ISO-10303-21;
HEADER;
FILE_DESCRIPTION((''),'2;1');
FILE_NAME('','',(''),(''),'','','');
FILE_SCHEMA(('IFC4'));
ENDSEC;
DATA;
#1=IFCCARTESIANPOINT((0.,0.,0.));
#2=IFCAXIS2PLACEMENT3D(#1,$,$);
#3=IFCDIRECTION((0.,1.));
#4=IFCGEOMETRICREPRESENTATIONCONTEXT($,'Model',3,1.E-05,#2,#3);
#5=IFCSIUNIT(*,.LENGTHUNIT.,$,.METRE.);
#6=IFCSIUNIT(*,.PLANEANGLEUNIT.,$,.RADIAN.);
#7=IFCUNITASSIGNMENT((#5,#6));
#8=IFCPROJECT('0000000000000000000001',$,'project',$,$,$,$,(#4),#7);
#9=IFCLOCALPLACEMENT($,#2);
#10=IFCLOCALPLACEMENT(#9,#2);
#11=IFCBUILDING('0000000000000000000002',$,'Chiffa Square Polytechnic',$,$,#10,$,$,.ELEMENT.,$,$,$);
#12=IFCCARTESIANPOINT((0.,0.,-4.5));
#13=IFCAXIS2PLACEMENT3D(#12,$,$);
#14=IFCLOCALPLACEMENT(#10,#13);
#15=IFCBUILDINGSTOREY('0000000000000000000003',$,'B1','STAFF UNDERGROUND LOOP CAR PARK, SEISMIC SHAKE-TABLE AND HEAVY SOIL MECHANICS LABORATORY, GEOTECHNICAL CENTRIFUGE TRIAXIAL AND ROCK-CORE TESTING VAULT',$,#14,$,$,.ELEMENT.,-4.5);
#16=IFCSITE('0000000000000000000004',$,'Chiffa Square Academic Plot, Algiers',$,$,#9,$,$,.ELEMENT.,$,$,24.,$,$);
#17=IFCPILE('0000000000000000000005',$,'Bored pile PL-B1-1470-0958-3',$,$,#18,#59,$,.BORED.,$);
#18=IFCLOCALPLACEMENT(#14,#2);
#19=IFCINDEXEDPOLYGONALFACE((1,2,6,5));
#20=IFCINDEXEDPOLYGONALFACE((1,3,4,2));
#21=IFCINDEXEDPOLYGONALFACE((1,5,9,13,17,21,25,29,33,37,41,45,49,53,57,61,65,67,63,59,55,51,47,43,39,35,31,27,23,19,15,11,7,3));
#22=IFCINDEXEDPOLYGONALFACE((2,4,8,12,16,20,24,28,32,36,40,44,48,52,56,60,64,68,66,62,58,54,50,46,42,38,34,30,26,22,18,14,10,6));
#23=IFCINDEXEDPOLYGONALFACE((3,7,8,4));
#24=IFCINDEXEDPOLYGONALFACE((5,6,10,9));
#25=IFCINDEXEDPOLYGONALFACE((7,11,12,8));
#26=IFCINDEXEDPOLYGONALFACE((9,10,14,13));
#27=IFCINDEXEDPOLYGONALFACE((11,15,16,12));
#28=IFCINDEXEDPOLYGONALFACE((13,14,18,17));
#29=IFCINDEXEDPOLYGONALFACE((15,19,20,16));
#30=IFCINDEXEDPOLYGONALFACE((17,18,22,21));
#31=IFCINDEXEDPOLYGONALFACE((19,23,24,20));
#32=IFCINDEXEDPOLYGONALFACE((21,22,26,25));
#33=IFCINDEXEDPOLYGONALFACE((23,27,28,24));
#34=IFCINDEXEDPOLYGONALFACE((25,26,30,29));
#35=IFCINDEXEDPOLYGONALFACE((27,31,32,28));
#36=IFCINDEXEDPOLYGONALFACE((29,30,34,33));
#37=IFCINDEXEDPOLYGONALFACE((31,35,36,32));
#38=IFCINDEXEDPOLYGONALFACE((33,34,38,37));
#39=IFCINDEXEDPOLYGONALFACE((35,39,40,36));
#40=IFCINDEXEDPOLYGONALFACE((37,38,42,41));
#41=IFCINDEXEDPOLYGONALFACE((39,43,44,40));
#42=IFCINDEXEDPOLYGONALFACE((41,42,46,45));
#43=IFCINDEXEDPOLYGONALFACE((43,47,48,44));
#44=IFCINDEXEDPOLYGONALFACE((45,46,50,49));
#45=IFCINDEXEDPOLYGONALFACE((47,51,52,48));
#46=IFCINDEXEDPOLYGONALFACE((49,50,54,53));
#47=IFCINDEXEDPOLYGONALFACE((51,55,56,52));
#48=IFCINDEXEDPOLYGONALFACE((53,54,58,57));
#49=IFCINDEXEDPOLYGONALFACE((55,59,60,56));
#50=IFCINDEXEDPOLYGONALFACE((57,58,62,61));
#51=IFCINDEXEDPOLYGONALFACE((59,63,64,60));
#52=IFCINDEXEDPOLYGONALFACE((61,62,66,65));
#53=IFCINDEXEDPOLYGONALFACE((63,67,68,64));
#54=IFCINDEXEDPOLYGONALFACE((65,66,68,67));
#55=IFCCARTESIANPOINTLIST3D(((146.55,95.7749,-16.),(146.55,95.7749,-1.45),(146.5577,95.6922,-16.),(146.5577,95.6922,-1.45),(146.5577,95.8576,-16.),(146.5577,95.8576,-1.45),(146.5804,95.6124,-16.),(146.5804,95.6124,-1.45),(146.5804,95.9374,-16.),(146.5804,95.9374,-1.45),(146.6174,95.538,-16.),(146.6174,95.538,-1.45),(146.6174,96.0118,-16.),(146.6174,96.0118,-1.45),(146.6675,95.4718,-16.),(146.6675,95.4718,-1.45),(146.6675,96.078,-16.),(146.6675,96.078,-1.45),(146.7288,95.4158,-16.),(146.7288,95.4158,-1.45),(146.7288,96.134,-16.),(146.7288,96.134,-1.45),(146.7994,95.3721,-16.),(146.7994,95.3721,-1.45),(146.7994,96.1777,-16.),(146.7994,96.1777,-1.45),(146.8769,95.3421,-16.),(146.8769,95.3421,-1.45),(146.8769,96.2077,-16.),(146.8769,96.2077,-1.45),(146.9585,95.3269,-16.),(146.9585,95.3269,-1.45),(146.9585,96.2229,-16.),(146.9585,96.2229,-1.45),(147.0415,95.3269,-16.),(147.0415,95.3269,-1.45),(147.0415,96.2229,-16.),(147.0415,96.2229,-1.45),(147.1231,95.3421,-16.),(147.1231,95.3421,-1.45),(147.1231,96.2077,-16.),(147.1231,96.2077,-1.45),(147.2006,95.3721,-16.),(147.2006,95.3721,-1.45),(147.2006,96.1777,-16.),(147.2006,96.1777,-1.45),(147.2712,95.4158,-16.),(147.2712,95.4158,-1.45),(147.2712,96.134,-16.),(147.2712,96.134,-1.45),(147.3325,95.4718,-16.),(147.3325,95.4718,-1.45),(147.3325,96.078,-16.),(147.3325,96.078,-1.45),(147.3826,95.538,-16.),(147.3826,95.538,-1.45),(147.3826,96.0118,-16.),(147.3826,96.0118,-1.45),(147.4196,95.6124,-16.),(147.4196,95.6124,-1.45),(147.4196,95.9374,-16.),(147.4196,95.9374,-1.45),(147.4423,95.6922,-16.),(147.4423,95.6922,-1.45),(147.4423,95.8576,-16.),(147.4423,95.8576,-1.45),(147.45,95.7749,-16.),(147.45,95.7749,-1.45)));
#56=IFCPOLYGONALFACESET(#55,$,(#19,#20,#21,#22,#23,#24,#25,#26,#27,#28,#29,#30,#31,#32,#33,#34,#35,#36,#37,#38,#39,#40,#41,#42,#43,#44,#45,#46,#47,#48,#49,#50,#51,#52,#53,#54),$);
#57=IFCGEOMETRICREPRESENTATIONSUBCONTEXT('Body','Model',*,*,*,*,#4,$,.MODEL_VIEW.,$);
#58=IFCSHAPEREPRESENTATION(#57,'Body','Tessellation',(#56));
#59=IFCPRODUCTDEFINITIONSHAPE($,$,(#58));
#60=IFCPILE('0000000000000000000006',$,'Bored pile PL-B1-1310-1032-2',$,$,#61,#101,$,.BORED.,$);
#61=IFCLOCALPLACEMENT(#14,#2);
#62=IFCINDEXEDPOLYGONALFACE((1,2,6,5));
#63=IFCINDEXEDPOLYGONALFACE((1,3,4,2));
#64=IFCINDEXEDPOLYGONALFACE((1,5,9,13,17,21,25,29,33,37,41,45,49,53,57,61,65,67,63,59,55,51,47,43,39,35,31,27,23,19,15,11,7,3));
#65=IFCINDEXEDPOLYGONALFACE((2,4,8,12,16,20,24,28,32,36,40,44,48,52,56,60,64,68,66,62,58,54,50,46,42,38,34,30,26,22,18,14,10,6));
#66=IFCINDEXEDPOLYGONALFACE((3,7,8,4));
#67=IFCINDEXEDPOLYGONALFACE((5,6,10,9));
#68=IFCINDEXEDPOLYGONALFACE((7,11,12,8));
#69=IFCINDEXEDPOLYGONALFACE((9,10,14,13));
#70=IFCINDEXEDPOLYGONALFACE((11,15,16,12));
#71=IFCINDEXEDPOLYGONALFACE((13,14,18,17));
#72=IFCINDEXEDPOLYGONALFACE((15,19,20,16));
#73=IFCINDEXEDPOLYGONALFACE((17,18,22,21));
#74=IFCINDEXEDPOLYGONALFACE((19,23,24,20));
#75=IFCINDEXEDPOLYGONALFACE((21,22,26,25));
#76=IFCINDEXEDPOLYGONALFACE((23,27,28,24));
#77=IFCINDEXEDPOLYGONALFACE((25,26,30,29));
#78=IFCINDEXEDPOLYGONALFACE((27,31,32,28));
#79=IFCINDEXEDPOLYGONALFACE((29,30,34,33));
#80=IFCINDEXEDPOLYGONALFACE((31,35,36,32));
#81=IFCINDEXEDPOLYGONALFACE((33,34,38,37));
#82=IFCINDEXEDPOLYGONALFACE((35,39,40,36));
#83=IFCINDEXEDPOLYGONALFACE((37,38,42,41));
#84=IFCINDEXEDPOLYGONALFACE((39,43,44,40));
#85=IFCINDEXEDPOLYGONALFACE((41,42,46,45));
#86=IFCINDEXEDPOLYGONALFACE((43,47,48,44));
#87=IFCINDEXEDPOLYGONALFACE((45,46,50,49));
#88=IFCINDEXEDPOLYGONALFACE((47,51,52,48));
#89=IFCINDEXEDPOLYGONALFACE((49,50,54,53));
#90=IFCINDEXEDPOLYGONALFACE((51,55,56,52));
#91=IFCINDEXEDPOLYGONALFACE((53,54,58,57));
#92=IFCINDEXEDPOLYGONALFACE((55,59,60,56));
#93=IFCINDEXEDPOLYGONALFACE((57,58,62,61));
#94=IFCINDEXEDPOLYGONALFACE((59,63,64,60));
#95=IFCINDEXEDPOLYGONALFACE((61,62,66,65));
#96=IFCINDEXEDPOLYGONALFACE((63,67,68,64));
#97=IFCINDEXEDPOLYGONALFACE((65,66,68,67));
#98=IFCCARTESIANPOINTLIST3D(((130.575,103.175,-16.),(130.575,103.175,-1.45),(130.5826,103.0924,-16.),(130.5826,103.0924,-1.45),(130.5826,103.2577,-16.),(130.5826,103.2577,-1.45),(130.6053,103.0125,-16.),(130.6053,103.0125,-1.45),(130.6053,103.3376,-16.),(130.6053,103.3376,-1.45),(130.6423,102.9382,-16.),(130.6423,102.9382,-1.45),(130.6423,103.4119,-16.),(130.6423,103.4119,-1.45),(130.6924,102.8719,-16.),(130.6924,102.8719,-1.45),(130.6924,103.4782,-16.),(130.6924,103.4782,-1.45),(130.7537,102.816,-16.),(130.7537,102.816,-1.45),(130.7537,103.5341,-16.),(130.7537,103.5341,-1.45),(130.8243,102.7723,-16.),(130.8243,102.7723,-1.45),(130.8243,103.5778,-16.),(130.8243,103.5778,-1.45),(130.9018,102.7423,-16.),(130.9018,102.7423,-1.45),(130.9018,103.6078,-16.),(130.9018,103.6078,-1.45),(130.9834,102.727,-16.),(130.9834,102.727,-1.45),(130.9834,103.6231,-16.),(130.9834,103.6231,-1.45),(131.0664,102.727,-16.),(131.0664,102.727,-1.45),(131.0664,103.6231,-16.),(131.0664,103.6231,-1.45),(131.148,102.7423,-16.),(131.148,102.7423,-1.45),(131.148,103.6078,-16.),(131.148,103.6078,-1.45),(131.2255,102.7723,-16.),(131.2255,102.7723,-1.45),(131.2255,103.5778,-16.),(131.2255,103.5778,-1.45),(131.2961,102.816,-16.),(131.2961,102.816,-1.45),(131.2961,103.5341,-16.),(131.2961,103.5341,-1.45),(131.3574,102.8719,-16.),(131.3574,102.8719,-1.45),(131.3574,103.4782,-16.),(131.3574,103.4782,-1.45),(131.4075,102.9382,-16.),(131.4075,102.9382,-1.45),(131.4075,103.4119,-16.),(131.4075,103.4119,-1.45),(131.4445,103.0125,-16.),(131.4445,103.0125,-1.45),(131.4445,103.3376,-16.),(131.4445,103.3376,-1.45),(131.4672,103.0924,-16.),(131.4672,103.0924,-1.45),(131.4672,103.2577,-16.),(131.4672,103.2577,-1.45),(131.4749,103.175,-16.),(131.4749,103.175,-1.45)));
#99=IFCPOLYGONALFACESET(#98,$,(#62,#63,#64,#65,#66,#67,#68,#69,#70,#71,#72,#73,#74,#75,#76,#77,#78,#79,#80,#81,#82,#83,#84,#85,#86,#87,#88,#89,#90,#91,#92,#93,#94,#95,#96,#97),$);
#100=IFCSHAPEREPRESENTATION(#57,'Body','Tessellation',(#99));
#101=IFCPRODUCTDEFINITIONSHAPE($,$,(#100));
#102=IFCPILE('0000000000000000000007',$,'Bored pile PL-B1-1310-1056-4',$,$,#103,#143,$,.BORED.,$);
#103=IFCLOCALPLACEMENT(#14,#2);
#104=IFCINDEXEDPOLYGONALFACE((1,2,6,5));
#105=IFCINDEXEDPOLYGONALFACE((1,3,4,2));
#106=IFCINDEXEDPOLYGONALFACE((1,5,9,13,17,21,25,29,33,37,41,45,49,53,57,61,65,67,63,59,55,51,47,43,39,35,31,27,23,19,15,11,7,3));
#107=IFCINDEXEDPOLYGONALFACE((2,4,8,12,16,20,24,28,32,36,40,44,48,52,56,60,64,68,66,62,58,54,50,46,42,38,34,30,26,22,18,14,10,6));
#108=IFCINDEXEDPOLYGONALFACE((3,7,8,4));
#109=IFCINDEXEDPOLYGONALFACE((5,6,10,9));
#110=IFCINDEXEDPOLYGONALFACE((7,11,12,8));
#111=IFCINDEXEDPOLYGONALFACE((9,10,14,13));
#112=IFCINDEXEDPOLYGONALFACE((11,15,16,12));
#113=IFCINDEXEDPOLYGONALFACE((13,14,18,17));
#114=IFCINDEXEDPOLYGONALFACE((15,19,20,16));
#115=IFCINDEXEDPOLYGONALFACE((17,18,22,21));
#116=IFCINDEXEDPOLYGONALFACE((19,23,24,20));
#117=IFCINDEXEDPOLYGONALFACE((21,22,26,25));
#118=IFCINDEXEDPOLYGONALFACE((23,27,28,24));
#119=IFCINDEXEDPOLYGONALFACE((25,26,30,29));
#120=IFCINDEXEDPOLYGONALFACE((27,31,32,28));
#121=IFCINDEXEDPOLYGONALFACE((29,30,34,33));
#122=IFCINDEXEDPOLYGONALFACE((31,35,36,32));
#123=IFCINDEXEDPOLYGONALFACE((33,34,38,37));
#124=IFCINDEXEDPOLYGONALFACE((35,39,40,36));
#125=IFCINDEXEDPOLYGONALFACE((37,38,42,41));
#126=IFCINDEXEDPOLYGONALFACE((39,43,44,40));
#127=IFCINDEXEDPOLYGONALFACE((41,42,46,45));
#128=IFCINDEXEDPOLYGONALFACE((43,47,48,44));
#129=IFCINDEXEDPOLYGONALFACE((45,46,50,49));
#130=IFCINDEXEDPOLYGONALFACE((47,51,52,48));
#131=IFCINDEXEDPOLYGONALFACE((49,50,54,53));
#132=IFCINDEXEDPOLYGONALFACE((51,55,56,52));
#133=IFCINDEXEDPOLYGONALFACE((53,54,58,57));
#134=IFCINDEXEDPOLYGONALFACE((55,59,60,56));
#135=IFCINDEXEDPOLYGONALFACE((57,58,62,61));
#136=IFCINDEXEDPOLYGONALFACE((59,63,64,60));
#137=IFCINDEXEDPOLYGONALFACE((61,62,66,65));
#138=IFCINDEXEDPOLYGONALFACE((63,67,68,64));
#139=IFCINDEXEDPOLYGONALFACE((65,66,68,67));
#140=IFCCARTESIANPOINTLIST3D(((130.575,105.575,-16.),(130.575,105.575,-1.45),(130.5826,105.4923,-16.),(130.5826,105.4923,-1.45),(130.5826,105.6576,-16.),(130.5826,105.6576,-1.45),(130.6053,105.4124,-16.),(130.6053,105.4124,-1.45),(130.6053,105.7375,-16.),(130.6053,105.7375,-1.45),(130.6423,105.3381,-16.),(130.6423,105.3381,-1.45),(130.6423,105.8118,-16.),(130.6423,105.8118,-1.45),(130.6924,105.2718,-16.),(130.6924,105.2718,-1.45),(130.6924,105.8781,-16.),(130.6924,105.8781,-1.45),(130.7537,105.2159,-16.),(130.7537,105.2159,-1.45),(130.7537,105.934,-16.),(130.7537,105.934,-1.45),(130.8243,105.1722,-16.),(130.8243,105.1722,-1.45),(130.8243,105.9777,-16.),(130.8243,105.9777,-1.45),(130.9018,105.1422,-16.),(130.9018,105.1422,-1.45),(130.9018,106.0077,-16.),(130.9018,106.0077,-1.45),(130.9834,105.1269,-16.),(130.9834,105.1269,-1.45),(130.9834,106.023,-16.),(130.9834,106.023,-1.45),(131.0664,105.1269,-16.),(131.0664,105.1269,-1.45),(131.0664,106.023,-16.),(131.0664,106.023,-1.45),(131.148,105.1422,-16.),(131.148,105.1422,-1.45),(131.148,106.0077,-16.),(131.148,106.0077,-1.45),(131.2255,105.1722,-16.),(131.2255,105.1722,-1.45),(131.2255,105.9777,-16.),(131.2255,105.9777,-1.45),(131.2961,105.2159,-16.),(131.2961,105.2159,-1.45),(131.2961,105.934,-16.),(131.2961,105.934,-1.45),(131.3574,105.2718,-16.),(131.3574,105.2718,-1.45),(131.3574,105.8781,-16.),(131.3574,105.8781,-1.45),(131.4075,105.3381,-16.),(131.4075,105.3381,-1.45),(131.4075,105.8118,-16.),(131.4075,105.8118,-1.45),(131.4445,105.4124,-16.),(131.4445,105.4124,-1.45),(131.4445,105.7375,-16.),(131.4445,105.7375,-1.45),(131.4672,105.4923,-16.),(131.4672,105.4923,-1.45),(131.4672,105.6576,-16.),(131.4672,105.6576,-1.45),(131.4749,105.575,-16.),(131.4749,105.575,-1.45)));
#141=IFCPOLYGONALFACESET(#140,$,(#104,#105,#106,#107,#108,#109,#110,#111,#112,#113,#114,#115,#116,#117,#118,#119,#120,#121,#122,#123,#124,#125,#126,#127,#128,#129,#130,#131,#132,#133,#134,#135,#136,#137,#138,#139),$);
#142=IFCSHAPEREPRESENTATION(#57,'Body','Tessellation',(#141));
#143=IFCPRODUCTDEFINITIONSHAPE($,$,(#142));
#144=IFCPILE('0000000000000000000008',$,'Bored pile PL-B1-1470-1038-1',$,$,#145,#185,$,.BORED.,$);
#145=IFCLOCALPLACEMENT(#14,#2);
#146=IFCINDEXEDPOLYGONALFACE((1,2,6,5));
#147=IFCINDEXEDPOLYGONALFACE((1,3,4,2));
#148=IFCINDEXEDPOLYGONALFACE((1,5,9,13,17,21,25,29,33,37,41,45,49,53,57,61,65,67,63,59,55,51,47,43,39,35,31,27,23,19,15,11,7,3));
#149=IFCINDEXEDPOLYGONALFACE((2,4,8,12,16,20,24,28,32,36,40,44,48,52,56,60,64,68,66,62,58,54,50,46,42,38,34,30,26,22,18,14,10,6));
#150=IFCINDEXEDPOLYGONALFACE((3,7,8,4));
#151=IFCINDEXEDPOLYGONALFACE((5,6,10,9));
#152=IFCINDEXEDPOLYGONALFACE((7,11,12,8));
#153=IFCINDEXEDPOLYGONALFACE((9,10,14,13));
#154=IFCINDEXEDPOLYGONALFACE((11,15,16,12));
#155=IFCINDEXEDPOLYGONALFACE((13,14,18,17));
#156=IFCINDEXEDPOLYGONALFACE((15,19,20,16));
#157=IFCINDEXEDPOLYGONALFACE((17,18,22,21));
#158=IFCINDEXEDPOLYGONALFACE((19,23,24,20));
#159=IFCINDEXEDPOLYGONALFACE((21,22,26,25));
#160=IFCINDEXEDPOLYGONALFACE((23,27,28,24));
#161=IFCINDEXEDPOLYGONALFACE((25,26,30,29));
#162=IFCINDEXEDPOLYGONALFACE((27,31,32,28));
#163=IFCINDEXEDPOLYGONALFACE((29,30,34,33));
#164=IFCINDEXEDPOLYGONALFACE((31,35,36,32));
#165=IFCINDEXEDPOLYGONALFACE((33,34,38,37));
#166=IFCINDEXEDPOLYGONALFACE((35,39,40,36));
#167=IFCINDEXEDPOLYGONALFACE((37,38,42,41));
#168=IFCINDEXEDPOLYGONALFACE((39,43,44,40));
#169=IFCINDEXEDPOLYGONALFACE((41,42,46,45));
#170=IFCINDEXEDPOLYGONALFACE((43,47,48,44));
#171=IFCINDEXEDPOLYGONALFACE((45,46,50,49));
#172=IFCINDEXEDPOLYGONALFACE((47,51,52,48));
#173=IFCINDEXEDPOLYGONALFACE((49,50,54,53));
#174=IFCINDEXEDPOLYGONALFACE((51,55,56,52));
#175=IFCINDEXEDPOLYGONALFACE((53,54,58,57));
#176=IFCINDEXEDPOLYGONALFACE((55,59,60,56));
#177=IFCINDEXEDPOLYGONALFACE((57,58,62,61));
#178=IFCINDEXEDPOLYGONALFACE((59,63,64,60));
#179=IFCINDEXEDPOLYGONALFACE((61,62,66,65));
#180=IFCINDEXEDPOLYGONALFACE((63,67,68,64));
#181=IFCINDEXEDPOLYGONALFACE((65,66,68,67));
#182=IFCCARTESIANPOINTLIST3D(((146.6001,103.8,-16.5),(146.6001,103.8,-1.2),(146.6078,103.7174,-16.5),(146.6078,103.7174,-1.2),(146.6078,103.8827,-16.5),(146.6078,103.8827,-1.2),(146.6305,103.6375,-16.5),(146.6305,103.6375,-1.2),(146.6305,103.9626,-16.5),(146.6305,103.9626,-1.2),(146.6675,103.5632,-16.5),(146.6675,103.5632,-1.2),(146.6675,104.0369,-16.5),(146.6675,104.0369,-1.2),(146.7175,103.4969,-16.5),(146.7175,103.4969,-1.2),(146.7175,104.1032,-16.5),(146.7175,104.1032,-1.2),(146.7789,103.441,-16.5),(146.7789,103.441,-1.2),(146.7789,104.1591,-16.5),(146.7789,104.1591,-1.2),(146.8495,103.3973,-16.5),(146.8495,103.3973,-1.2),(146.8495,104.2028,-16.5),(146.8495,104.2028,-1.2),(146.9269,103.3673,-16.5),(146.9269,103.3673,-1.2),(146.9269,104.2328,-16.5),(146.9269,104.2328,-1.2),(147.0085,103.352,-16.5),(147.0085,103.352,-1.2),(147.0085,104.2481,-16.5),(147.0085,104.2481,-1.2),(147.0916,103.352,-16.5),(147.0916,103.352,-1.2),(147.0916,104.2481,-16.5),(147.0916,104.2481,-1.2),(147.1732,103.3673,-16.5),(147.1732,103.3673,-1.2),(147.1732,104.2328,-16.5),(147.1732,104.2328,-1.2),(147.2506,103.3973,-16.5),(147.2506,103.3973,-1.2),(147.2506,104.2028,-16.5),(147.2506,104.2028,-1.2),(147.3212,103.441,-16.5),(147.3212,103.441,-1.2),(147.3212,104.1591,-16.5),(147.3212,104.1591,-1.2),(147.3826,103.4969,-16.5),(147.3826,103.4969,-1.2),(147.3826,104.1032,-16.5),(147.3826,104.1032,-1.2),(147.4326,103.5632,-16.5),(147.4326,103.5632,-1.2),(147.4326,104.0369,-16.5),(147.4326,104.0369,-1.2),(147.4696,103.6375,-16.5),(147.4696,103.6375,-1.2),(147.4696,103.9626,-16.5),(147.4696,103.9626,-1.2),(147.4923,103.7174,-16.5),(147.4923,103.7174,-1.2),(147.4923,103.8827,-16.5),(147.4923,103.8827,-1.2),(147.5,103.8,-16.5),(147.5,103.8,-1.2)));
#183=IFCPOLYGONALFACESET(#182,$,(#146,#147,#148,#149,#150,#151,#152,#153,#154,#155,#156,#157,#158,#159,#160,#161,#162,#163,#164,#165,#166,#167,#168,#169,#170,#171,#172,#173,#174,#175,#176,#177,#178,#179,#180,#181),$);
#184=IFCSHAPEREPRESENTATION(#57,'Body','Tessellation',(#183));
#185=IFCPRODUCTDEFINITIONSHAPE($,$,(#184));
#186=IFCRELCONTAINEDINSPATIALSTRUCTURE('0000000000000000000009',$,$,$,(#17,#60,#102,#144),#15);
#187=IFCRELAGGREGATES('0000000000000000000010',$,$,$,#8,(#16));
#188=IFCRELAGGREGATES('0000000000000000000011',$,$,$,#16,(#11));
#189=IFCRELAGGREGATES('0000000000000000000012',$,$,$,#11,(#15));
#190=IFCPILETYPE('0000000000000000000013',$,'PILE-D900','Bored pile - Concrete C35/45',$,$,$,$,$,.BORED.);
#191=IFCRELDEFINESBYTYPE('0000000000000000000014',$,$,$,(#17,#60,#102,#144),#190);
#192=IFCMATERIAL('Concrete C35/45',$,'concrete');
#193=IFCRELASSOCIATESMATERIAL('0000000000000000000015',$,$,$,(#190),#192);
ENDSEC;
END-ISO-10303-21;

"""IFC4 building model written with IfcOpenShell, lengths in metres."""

from ifc_helpers import new_model, si_unit, direction, frame, origin, origin_2d, place, context, subcontext, project, spatial, circle, extrude, material, material_profile, profile_set, type_object, element, save


model = new_model("IFC4")

# Units and contexts
model_context = context("Model", 3, precision=1e-05, world=origin(), true_north=direction((0.0, 1.0)))
body_context = subcontext(model_context, "Body", "Model", "MODEL_VIEW")
ifc_project = project(units=[si_unit("LENGTHUNIT", "METRE"), si_unit("PLANEANGLEUNIT", "RADIAN")], contexts=[model_context])

# Site, building, storey
site_placement = place(None, origin())
site = spatial("IfcSite", under=ifc_project, at=site_placement, Name="Chiffa Square Academic Plot, Algiers", CompositionType="ELEMENT", RefElevation=24.0)
building_placement = place(site_placement, origin())
building = spatial("IfcBuilding", under=site, at=building_placement, Name="Chiffa Square Polytechnic", CompositionType="ELEMENT")
storey_placement = place(building_placement, frame((0.0, 0.0, -4.5)))
storey = spatial("IfcBuildingStorey", under=building, at=storey_placement, Name="B1", Description="STAFF UNDERGROUND LOOP CAR PARK, SEISMIC SHAKE-TABLE AND HEAVY SOIL MECHANICS LABORATORY, GEOTECHNICAL CENTRIFUGE TRIAXIAL AND ROCK-CORE TESTING VAULT", CompositionType="ELEMENT", Elevation=-4.5)

# Shared definitions
ifc_material_1 = material(Name="Concrete C35/45", Category="concrete")

# Piles
ifc_material_profile_1 = material_profile(ifc_material_1, circle(Radius=0.45, at=origin_2d()), Name="PILE D900")
ifc_profile_set_1 = profile_set([ifc_material_profile_1], Name="Concrete C35/45")
pile_type_1 = type_object("IfcPileType", Name="PILE-D900", Description="Bored pile - Concrete C35/45", PredefinedType="BORED", material=ifc_profile_set_1)
for number, where, z_axis, x_axis, name in (
    (1, (147.0, 95.7749, -1.45), (0.0, 0.0, -1.0), (1.0, 0.0, 0.0), "Bored pile PL-B1-1470-0958-3"),
    (2, (131.0249, 103.175, -1.45), (0.0, 0.0, -1.0), (1.0, 0.0, 0.0), "Bored pile PL-B1-1310-1032-2"),
    (3, (131.0249, 105.575, -1.45), (0.0, 0.0, -1.0), (1.0, 0.0, 0.0), "Bored pile PL-B1-1310-1056-4"),
):
    element("IfcPile", number, at=place(storey_placement, frame(where, z_axis=z_axis, x_axis=x_axis)), inside=storey, type_object=pile_type_1, Name=name, PredefinedType="BORED", context=body_context, shape_type="SweptSolid", body=[
        extrude(circle(Radius=0.45, at=origin_2d()), origin(), (0.0, 0.0, 1.0), 14.55),
    ])
pile_1_placement = place(storey_placement, frame((147.05, 103.8, -1.2), z_axis=(0.0, 0.0, -1.0), x_axis=(1.0, 0.0, 0.0)))
element("IfcPile", 4, at=pile_1_placement, inside=storey, type_object=pile_type_1, Name="Bored pile PL-B1-1470-1038-1", PredefinedType="BORED", context=body_context, shape_type="SweptSolid", body=[
    extrude(circle(Radius=0.45, at=origin_2d()), origin(), (0.0, 0.0, 1.0), 15.3),
])

save(model, "model.ifc")
